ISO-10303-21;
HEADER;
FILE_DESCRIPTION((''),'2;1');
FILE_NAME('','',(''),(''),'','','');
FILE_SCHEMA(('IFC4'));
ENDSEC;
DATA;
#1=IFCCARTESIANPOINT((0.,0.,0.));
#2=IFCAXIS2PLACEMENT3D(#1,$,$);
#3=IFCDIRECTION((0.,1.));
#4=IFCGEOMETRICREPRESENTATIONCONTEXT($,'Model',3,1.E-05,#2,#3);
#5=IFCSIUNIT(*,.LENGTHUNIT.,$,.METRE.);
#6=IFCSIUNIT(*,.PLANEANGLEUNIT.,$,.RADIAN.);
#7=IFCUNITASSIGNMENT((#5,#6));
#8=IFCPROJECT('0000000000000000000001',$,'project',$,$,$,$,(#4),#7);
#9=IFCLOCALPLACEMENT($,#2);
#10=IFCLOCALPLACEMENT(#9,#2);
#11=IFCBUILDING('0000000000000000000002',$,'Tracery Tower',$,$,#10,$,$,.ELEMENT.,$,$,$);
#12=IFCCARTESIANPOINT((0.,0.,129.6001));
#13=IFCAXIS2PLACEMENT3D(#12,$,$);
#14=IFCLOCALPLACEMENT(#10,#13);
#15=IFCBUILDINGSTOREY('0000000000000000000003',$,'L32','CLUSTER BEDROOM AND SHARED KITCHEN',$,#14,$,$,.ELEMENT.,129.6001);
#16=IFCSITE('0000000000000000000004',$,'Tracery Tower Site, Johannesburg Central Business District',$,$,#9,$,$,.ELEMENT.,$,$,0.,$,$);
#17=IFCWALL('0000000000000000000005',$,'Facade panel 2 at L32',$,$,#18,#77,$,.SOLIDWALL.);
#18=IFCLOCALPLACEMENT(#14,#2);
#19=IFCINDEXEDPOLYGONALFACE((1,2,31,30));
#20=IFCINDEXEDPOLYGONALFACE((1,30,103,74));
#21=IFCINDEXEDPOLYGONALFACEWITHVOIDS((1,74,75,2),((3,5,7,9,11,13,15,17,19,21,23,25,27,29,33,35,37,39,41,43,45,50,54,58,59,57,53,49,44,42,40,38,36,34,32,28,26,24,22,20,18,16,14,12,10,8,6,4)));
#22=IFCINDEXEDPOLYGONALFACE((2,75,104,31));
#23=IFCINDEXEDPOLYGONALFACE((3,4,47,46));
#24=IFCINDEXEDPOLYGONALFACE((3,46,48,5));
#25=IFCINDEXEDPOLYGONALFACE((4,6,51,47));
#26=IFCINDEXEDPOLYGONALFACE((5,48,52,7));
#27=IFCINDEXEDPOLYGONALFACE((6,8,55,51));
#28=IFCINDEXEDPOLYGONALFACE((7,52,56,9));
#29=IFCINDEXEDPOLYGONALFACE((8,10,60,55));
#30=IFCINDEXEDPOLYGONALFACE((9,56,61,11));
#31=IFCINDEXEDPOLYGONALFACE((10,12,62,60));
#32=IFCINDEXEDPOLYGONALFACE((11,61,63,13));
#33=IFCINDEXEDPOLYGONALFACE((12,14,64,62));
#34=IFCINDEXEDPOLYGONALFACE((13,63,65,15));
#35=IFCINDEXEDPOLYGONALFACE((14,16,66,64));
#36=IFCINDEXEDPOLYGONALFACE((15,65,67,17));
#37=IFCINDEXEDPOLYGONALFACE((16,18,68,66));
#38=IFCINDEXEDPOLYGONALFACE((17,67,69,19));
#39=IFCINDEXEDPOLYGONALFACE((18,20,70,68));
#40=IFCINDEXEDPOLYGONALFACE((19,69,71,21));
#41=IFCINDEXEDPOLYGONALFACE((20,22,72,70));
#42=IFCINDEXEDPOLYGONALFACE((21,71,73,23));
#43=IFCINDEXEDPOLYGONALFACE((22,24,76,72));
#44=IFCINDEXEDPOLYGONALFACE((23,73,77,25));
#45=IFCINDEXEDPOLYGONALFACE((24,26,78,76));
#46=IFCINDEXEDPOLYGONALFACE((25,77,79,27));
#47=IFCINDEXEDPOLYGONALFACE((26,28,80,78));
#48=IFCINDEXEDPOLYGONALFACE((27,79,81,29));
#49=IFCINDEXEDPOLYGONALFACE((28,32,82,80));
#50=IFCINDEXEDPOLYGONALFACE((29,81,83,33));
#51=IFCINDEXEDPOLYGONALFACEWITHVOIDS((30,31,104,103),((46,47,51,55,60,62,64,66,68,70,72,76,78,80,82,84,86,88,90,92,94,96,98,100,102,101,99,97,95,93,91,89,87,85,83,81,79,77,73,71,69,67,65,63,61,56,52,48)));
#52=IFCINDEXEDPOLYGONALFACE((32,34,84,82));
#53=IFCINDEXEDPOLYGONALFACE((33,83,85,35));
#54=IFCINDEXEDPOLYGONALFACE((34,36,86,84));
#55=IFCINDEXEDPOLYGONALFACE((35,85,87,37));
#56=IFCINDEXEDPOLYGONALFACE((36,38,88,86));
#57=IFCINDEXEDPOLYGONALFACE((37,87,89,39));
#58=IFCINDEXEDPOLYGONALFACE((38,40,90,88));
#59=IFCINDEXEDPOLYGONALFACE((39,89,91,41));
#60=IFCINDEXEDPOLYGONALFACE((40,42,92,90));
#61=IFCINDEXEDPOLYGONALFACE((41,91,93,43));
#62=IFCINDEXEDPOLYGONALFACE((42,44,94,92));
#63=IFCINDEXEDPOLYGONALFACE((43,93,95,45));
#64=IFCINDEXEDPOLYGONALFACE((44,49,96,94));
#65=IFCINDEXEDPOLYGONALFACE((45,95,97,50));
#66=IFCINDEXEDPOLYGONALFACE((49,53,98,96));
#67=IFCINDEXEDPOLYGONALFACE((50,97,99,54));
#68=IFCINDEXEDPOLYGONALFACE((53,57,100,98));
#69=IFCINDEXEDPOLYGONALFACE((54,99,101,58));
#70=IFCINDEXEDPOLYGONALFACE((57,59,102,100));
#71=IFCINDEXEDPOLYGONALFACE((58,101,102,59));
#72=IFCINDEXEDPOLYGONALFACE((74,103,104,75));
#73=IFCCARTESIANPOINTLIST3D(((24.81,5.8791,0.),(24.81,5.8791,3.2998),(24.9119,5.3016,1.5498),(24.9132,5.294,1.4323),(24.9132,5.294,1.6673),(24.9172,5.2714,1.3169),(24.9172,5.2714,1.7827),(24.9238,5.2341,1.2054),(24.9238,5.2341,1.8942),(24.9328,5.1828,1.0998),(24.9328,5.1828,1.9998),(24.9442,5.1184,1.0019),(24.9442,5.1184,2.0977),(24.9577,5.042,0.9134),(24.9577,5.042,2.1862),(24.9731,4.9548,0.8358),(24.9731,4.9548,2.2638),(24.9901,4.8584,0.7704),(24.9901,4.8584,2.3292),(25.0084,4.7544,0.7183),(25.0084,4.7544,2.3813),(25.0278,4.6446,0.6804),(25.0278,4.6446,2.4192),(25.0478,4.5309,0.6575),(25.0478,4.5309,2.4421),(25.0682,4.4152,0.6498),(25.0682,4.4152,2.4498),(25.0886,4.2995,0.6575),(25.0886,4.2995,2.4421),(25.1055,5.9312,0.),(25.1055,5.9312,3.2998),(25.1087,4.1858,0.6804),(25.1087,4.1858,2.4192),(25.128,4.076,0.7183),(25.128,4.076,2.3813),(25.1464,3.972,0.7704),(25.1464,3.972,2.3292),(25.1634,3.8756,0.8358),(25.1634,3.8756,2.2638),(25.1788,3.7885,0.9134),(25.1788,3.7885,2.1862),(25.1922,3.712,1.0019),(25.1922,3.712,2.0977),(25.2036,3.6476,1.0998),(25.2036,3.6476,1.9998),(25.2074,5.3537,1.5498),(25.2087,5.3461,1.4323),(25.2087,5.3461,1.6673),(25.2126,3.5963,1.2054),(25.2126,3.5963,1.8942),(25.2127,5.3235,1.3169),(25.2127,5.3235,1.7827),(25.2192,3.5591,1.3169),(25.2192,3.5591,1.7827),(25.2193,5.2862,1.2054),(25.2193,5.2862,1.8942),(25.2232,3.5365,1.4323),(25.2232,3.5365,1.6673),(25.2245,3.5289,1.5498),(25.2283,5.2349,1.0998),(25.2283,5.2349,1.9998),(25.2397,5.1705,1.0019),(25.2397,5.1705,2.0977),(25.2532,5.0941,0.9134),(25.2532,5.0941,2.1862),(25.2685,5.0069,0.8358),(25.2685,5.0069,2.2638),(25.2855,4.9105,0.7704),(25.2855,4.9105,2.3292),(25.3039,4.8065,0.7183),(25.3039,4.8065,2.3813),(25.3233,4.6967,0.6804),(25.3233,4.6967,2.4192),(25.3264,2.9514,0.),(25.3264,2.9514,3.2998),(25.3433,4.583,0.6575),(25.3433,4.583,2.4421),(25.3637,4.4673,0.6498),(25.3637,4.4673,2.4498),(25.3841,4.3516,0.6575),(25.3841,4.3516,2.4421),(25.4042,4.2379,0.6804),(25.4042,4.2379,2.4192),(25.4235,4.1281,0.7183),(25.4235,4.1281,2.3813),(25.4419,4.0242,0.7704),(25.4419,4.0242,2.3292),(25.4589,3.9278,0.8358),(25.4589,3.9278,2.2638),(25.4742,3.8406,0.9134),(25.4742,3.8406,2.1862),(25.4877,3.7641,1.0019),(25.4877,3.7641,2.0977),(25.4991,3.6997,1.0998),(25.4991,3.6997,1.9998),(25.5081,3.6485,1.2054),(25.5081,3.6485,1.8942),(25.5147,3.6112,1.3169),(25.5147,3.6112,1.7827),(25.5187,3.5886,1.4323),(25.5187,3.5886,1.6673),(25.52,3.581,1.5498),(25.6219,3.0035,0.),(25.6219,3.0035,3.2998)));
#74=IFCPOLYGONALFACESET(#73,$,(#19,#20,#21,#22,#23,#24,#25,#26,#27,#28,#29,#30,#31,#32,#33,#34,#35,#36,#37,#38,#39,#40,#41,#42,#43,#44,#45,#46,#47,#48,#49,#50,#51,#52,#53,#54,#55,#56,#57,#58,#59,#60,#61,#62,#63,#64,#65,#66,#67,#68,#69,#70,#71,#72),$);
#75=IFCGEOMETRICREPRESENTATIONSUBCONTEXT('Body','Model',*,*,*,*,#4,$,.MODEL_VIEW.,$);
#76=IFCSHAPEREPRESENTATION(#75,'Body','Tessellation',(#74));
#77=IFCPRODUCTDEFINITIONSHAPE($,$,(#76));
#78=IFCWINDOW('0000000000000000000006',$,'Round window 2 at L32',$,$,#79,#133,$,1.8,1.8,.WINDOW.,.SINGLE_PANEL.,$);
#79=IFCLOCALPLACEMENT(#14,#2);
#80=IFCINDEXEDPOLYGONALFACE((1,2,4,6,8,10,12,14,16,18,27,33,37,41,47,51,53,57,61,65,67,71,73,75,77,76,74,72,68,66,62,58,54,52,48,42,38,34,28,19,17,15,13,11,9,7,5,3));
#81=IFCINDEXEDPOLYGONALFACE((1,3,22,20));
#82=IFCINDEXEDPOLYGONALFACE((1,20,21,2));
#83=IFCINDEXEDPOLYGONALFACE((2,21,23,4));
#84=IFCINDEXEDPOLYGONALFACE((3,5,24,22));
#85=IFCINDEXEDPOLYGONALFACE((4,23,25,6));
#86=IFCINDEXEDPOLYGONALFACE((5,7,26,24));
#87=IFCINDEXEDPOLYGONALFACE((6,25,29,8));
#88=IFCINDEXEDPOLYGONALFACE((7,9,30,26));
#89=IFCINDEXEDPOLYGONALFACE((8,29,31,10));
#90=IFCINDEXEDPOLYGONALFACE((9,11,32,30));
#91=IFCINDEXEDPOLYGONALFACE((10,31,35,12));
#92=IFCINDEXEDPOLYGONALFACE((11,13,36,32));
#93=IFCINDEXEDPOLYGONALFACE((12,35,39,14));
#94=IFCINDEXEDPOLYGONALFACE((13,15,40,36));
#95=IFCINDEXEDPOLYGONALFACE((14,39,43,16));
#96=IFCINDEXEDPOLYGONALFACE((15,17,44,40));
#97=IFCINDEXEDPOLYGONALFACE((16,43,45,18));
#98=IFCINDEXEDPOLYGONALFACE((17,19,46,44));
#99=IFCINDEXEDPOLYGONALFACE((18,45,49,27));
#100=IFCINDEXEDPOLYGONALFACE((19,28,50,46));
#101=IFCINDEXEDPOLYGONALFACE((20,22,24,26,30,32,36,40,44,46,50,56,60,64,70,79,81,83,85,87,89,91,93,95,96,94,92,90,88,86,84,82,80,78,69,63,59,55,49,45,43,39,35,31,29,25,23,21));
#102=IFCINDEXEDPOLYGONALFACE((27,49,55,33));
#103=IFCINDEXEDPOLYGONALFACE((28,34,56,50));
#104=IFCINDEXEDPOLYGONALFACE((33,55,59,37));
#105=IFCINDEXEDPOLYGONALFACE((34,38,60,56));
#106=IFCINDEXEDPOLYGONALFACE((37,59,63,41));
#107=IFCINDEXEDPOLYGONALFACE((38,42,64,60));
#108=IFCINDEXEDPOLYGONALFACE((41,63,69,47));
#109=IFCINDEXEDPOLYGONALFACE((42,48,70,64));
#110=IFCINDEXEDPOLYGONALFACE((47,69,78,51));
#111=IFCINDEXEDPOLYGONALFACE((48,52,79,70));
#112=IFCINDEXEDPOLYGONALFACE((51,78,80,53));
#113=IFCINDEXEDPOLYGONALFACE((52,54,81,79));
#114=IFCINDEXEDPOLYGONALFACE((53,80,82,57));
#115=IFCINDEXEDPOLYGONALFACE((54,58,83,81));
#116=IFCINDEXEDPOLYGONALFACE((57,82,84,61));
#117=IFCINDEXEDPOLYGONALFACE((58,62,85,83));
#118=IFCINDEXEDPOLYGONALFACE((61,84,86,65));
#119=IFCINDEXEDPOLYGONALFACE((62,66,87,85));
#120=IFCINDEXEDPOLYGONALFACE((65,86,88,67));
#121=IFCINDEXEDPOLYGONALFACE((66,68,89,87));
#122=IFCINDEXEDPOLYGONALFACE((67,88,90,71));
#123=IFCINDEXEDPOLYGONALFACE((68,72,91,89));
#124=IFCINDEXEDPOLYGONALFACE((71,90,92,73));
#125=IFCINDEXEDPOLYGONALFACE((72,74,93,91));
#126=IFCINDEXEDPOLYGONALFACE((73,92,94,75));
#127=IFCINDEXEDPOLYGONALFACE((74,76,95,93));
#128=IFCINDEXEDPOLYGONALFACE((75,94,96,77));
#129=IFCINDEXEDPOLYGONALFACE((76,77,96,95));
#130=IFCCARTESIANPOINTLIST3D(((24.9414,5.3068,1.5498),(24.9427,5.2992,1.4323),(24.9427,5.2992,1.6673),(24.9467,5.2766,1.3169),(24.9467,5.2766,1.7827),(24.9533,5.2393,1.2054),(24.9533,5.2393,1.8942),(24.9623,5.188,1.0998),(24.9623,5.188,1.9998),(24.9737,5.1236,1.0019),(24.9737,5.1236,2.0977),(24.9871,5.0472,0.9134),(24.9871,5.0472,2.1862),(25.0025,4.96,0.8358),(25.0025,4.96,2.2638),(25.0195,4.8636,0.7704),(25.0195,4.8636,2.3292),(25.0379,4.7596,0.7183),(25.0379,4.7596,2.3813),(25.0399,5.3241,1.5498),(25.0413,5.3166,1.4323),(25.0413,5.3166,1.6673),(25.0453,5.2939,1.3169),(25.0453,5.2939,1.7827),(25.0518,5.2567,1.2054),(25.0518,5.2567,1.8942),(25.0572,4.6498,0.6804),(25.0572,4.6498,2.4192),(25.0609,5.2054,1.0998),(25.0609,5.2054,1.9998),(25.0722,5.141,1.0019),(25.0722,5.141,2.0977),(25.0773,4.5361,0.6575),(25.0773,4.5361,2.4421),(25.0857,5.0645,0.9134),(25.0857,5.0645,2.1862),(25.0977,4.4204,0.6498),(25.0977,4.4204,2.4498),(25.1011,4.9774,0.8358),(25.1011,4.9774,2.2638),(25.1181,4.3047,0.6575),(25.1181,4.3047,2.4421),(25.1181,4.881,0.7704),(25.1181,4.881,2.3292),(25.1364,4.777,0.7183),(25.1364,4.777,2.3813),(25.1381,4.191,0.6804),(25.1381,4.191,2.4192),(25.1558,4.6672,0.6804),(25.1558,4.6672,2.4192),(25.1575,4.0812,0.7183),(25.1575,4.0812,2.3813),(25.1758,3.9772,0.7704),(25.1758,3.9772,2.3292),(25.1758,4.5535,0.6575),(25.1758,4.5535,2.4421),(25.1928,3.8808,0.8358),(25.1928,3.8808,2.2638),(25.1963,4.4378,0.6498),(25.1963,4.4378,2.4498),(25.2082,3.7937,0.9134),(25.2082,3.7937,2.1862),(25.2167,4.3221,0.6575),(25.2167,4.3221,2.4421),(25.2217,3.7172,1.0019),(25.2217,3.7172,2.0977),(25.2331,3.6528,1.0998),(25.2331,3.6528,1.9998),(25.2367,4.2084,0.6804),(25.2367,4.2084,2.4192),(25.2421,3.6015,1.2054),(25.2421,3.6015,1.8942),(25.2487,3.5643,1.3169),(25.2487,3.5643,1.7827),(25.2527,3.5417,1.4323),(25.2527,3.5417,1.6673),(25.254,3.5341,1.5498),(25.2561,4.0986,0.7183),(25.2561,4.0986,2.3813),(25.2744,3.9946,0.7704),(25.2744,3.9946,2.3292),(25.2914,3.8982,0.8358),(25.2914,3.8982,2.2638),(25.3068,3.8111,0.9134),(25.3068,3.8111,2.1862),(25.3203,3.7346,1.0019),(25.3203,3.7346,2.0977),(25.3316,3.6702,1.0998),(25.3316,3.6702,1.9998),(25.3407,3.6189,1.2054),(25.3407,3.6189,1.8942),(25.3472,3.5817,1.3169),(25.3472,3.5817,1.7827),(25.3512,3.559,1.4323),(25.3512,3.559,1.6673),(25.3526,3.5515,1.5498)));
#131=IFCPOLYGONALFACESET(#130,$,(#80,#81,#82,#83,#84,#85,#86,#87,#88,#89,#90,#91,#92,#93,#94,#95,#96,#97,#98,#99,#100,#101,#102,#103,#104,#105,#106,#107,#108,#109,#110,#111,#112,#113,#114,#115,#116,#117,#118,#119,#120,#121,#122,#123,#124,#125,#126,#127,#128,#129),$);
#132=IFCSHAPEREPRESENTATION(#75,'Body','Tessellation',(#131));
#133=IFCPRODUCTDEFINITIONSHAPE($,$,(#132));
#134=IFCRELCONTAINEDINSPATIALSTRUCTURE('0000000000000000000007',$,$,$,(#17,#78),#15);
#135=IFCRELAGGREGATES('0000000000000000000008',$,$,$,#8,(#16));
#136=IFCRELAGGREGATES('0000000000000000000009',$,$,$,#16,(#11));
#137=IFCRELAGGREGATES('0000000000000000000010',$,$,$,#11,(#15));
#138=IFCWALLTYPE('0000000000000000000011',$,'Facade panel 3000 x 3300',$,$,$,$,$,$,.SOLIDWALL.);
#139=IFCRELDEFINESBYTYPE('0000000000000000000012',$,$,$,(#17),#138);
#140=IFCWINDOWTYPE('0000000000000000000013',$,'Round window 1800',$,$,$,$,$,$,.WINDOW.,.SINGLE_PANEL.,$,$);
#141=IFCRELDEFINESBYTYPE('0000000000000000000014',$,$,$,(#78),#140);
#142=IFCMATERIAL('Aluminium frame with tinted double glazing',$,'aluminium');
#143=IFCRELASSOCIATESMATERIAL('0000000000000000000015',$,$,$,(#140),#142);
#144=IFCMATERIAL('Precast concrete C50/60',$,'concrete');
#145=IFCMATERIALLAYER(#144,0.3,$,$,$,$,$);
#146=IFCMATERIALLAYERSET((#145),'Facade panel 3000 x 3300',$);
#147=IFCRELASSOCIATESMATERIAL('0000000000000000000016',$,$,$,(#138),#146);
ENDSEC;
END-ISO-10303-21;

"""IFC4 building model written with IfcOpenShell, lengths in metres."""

from ifc_helpers import new_model, si_unit, direction, frame, frame_2d, origin, origin_2d, place, context, subcontext, project, spatial, rectangle, circle, extrude, material, layer, layer_set, type_object, element, fill, save


model = new_model("IFC4")

# Units and contexts
model_context = context("Model", 3, precision=1e-05, world=origin(), true_north=direction((0.0, 1.0)))
body_context = subcontext(model_context, "Body", "Model", "MODEL_VIEW")
ifc_project = project(units=[si_unit("LENGTHUNIT", "METRE"), si_unit("PLANEANGLEUNIT", "RADIAN")], contexts=[model_context])

# Site, building, storey
site_placement = place(None, origin())
site = spatial("IfcSite", under=ifc_project, at=site_placement, Name="Tracery Tower Site, Johannesburg Central Business District", CompositionType="ELEMENT", RefElevation=0.0)
building_placement = place(site_placement, origin())
building = spatial("IfcBuilding", under=site, at=building_placement, Name="Tracery Tower", CompositionType="ELEMENT")
storey_placement = place(building_placement, frame((0.0, 0.0, 129.6001)))
storey = spatial("IfcBuildingStorey", under=building, at=storey_placement, Name="L32", Description="CLUSTER BEDROOM AND SHARED KITCHEN", CompositionType="ELEMENT", Elevation=129.6001)

# Wall, opening, window
ifc_material_1 = material(Name="Aluminium frame with tinted double glazing", Category="aluminium")
window_type = type_object("IfcWindowType", Name="Round window 1800", PartitioningType="SINGLE_PANEL", PredefinedType="WINDOW", material=ifc_material_1)
ifc_material_2 = material(Name="Precast concrete C50/60", Category="concrete")
ifc_layer_1 = layer(ifc_material_2, 0.3)
ifc_layer_set_1 = layer_set([ifc_layer_1], Name="Facade panel 3000 x 3300")
wall_type_1 = type_object("IfcWallType", Name="Facade panel 3000 x 3300", PredefinedType="SOLIDWALL", material=ifc_layer_set_1)
wall_1_placement = place(storey_placement, frame((25.4741, 2.9775, 0.0), z_axis=(0.0, 0.0, 1.0), x_axis=(-0.173687, 0.984801, 0.0)))
wall_1 = element("IfcWall", 1, at=wall_1_placement, inside=storey, type_object=wall_type_1, Name="Facade panel 2 at L32", PredefinedType="SOLIDWALL", context=body_context, shape_type="SweptSolid", body=[
    extrude(rectangle(XDim=2.9729, YDim=0.3, at=frame_2d((1.4863, 0.0))), origin(), (0.0, 0.0, 1.0), 3.2998),
])
opening_1_placement = place(wall_1_placement, frame((1.4863, 0.0, 1.5498)))
opening_1 = element("IfcOpeningElement", 2, at=opening_1_placement, cuts=wall_1, PredefinedType="OPENING", context=body_context, shape_type="SweptSolid", body=[
    extrude(circle(Radius=0.9, at=origin_2d()), frame((0.0, 0.1599, 0.0), z_axis=(0.0, -1.0, 0.0), x_axis=(1.0, 0.0, 0.0)), (0.0, 0.0, 1.0), 0.3201),
])
window_1_placement = place(opening_1_placement, origin())
window_1 = element("IfcWindow", 3, at=window_1_placement, inside=storey, type_object=window_type, Name="Round window 2 at L32", OverallHeight=1.8, OverallWidth=1.8, PartitioningType="SINGLE_PANEL", PredefinedType="WINDOW", context=body_context, shape_type="SweptSolid", body=[
    extrude(circle(Radius=0.9, at=origin_2d()), frame((0.0, 0.1201, 0.0), z_axis=(0.0, -1.0, 0.0), x_axis=(1.0, 0.0, 0.0)), (0.0, 0.0, 1.0), 0.1001),
])
fill(opening_1, window_1)

save(model, "model.ifc")
